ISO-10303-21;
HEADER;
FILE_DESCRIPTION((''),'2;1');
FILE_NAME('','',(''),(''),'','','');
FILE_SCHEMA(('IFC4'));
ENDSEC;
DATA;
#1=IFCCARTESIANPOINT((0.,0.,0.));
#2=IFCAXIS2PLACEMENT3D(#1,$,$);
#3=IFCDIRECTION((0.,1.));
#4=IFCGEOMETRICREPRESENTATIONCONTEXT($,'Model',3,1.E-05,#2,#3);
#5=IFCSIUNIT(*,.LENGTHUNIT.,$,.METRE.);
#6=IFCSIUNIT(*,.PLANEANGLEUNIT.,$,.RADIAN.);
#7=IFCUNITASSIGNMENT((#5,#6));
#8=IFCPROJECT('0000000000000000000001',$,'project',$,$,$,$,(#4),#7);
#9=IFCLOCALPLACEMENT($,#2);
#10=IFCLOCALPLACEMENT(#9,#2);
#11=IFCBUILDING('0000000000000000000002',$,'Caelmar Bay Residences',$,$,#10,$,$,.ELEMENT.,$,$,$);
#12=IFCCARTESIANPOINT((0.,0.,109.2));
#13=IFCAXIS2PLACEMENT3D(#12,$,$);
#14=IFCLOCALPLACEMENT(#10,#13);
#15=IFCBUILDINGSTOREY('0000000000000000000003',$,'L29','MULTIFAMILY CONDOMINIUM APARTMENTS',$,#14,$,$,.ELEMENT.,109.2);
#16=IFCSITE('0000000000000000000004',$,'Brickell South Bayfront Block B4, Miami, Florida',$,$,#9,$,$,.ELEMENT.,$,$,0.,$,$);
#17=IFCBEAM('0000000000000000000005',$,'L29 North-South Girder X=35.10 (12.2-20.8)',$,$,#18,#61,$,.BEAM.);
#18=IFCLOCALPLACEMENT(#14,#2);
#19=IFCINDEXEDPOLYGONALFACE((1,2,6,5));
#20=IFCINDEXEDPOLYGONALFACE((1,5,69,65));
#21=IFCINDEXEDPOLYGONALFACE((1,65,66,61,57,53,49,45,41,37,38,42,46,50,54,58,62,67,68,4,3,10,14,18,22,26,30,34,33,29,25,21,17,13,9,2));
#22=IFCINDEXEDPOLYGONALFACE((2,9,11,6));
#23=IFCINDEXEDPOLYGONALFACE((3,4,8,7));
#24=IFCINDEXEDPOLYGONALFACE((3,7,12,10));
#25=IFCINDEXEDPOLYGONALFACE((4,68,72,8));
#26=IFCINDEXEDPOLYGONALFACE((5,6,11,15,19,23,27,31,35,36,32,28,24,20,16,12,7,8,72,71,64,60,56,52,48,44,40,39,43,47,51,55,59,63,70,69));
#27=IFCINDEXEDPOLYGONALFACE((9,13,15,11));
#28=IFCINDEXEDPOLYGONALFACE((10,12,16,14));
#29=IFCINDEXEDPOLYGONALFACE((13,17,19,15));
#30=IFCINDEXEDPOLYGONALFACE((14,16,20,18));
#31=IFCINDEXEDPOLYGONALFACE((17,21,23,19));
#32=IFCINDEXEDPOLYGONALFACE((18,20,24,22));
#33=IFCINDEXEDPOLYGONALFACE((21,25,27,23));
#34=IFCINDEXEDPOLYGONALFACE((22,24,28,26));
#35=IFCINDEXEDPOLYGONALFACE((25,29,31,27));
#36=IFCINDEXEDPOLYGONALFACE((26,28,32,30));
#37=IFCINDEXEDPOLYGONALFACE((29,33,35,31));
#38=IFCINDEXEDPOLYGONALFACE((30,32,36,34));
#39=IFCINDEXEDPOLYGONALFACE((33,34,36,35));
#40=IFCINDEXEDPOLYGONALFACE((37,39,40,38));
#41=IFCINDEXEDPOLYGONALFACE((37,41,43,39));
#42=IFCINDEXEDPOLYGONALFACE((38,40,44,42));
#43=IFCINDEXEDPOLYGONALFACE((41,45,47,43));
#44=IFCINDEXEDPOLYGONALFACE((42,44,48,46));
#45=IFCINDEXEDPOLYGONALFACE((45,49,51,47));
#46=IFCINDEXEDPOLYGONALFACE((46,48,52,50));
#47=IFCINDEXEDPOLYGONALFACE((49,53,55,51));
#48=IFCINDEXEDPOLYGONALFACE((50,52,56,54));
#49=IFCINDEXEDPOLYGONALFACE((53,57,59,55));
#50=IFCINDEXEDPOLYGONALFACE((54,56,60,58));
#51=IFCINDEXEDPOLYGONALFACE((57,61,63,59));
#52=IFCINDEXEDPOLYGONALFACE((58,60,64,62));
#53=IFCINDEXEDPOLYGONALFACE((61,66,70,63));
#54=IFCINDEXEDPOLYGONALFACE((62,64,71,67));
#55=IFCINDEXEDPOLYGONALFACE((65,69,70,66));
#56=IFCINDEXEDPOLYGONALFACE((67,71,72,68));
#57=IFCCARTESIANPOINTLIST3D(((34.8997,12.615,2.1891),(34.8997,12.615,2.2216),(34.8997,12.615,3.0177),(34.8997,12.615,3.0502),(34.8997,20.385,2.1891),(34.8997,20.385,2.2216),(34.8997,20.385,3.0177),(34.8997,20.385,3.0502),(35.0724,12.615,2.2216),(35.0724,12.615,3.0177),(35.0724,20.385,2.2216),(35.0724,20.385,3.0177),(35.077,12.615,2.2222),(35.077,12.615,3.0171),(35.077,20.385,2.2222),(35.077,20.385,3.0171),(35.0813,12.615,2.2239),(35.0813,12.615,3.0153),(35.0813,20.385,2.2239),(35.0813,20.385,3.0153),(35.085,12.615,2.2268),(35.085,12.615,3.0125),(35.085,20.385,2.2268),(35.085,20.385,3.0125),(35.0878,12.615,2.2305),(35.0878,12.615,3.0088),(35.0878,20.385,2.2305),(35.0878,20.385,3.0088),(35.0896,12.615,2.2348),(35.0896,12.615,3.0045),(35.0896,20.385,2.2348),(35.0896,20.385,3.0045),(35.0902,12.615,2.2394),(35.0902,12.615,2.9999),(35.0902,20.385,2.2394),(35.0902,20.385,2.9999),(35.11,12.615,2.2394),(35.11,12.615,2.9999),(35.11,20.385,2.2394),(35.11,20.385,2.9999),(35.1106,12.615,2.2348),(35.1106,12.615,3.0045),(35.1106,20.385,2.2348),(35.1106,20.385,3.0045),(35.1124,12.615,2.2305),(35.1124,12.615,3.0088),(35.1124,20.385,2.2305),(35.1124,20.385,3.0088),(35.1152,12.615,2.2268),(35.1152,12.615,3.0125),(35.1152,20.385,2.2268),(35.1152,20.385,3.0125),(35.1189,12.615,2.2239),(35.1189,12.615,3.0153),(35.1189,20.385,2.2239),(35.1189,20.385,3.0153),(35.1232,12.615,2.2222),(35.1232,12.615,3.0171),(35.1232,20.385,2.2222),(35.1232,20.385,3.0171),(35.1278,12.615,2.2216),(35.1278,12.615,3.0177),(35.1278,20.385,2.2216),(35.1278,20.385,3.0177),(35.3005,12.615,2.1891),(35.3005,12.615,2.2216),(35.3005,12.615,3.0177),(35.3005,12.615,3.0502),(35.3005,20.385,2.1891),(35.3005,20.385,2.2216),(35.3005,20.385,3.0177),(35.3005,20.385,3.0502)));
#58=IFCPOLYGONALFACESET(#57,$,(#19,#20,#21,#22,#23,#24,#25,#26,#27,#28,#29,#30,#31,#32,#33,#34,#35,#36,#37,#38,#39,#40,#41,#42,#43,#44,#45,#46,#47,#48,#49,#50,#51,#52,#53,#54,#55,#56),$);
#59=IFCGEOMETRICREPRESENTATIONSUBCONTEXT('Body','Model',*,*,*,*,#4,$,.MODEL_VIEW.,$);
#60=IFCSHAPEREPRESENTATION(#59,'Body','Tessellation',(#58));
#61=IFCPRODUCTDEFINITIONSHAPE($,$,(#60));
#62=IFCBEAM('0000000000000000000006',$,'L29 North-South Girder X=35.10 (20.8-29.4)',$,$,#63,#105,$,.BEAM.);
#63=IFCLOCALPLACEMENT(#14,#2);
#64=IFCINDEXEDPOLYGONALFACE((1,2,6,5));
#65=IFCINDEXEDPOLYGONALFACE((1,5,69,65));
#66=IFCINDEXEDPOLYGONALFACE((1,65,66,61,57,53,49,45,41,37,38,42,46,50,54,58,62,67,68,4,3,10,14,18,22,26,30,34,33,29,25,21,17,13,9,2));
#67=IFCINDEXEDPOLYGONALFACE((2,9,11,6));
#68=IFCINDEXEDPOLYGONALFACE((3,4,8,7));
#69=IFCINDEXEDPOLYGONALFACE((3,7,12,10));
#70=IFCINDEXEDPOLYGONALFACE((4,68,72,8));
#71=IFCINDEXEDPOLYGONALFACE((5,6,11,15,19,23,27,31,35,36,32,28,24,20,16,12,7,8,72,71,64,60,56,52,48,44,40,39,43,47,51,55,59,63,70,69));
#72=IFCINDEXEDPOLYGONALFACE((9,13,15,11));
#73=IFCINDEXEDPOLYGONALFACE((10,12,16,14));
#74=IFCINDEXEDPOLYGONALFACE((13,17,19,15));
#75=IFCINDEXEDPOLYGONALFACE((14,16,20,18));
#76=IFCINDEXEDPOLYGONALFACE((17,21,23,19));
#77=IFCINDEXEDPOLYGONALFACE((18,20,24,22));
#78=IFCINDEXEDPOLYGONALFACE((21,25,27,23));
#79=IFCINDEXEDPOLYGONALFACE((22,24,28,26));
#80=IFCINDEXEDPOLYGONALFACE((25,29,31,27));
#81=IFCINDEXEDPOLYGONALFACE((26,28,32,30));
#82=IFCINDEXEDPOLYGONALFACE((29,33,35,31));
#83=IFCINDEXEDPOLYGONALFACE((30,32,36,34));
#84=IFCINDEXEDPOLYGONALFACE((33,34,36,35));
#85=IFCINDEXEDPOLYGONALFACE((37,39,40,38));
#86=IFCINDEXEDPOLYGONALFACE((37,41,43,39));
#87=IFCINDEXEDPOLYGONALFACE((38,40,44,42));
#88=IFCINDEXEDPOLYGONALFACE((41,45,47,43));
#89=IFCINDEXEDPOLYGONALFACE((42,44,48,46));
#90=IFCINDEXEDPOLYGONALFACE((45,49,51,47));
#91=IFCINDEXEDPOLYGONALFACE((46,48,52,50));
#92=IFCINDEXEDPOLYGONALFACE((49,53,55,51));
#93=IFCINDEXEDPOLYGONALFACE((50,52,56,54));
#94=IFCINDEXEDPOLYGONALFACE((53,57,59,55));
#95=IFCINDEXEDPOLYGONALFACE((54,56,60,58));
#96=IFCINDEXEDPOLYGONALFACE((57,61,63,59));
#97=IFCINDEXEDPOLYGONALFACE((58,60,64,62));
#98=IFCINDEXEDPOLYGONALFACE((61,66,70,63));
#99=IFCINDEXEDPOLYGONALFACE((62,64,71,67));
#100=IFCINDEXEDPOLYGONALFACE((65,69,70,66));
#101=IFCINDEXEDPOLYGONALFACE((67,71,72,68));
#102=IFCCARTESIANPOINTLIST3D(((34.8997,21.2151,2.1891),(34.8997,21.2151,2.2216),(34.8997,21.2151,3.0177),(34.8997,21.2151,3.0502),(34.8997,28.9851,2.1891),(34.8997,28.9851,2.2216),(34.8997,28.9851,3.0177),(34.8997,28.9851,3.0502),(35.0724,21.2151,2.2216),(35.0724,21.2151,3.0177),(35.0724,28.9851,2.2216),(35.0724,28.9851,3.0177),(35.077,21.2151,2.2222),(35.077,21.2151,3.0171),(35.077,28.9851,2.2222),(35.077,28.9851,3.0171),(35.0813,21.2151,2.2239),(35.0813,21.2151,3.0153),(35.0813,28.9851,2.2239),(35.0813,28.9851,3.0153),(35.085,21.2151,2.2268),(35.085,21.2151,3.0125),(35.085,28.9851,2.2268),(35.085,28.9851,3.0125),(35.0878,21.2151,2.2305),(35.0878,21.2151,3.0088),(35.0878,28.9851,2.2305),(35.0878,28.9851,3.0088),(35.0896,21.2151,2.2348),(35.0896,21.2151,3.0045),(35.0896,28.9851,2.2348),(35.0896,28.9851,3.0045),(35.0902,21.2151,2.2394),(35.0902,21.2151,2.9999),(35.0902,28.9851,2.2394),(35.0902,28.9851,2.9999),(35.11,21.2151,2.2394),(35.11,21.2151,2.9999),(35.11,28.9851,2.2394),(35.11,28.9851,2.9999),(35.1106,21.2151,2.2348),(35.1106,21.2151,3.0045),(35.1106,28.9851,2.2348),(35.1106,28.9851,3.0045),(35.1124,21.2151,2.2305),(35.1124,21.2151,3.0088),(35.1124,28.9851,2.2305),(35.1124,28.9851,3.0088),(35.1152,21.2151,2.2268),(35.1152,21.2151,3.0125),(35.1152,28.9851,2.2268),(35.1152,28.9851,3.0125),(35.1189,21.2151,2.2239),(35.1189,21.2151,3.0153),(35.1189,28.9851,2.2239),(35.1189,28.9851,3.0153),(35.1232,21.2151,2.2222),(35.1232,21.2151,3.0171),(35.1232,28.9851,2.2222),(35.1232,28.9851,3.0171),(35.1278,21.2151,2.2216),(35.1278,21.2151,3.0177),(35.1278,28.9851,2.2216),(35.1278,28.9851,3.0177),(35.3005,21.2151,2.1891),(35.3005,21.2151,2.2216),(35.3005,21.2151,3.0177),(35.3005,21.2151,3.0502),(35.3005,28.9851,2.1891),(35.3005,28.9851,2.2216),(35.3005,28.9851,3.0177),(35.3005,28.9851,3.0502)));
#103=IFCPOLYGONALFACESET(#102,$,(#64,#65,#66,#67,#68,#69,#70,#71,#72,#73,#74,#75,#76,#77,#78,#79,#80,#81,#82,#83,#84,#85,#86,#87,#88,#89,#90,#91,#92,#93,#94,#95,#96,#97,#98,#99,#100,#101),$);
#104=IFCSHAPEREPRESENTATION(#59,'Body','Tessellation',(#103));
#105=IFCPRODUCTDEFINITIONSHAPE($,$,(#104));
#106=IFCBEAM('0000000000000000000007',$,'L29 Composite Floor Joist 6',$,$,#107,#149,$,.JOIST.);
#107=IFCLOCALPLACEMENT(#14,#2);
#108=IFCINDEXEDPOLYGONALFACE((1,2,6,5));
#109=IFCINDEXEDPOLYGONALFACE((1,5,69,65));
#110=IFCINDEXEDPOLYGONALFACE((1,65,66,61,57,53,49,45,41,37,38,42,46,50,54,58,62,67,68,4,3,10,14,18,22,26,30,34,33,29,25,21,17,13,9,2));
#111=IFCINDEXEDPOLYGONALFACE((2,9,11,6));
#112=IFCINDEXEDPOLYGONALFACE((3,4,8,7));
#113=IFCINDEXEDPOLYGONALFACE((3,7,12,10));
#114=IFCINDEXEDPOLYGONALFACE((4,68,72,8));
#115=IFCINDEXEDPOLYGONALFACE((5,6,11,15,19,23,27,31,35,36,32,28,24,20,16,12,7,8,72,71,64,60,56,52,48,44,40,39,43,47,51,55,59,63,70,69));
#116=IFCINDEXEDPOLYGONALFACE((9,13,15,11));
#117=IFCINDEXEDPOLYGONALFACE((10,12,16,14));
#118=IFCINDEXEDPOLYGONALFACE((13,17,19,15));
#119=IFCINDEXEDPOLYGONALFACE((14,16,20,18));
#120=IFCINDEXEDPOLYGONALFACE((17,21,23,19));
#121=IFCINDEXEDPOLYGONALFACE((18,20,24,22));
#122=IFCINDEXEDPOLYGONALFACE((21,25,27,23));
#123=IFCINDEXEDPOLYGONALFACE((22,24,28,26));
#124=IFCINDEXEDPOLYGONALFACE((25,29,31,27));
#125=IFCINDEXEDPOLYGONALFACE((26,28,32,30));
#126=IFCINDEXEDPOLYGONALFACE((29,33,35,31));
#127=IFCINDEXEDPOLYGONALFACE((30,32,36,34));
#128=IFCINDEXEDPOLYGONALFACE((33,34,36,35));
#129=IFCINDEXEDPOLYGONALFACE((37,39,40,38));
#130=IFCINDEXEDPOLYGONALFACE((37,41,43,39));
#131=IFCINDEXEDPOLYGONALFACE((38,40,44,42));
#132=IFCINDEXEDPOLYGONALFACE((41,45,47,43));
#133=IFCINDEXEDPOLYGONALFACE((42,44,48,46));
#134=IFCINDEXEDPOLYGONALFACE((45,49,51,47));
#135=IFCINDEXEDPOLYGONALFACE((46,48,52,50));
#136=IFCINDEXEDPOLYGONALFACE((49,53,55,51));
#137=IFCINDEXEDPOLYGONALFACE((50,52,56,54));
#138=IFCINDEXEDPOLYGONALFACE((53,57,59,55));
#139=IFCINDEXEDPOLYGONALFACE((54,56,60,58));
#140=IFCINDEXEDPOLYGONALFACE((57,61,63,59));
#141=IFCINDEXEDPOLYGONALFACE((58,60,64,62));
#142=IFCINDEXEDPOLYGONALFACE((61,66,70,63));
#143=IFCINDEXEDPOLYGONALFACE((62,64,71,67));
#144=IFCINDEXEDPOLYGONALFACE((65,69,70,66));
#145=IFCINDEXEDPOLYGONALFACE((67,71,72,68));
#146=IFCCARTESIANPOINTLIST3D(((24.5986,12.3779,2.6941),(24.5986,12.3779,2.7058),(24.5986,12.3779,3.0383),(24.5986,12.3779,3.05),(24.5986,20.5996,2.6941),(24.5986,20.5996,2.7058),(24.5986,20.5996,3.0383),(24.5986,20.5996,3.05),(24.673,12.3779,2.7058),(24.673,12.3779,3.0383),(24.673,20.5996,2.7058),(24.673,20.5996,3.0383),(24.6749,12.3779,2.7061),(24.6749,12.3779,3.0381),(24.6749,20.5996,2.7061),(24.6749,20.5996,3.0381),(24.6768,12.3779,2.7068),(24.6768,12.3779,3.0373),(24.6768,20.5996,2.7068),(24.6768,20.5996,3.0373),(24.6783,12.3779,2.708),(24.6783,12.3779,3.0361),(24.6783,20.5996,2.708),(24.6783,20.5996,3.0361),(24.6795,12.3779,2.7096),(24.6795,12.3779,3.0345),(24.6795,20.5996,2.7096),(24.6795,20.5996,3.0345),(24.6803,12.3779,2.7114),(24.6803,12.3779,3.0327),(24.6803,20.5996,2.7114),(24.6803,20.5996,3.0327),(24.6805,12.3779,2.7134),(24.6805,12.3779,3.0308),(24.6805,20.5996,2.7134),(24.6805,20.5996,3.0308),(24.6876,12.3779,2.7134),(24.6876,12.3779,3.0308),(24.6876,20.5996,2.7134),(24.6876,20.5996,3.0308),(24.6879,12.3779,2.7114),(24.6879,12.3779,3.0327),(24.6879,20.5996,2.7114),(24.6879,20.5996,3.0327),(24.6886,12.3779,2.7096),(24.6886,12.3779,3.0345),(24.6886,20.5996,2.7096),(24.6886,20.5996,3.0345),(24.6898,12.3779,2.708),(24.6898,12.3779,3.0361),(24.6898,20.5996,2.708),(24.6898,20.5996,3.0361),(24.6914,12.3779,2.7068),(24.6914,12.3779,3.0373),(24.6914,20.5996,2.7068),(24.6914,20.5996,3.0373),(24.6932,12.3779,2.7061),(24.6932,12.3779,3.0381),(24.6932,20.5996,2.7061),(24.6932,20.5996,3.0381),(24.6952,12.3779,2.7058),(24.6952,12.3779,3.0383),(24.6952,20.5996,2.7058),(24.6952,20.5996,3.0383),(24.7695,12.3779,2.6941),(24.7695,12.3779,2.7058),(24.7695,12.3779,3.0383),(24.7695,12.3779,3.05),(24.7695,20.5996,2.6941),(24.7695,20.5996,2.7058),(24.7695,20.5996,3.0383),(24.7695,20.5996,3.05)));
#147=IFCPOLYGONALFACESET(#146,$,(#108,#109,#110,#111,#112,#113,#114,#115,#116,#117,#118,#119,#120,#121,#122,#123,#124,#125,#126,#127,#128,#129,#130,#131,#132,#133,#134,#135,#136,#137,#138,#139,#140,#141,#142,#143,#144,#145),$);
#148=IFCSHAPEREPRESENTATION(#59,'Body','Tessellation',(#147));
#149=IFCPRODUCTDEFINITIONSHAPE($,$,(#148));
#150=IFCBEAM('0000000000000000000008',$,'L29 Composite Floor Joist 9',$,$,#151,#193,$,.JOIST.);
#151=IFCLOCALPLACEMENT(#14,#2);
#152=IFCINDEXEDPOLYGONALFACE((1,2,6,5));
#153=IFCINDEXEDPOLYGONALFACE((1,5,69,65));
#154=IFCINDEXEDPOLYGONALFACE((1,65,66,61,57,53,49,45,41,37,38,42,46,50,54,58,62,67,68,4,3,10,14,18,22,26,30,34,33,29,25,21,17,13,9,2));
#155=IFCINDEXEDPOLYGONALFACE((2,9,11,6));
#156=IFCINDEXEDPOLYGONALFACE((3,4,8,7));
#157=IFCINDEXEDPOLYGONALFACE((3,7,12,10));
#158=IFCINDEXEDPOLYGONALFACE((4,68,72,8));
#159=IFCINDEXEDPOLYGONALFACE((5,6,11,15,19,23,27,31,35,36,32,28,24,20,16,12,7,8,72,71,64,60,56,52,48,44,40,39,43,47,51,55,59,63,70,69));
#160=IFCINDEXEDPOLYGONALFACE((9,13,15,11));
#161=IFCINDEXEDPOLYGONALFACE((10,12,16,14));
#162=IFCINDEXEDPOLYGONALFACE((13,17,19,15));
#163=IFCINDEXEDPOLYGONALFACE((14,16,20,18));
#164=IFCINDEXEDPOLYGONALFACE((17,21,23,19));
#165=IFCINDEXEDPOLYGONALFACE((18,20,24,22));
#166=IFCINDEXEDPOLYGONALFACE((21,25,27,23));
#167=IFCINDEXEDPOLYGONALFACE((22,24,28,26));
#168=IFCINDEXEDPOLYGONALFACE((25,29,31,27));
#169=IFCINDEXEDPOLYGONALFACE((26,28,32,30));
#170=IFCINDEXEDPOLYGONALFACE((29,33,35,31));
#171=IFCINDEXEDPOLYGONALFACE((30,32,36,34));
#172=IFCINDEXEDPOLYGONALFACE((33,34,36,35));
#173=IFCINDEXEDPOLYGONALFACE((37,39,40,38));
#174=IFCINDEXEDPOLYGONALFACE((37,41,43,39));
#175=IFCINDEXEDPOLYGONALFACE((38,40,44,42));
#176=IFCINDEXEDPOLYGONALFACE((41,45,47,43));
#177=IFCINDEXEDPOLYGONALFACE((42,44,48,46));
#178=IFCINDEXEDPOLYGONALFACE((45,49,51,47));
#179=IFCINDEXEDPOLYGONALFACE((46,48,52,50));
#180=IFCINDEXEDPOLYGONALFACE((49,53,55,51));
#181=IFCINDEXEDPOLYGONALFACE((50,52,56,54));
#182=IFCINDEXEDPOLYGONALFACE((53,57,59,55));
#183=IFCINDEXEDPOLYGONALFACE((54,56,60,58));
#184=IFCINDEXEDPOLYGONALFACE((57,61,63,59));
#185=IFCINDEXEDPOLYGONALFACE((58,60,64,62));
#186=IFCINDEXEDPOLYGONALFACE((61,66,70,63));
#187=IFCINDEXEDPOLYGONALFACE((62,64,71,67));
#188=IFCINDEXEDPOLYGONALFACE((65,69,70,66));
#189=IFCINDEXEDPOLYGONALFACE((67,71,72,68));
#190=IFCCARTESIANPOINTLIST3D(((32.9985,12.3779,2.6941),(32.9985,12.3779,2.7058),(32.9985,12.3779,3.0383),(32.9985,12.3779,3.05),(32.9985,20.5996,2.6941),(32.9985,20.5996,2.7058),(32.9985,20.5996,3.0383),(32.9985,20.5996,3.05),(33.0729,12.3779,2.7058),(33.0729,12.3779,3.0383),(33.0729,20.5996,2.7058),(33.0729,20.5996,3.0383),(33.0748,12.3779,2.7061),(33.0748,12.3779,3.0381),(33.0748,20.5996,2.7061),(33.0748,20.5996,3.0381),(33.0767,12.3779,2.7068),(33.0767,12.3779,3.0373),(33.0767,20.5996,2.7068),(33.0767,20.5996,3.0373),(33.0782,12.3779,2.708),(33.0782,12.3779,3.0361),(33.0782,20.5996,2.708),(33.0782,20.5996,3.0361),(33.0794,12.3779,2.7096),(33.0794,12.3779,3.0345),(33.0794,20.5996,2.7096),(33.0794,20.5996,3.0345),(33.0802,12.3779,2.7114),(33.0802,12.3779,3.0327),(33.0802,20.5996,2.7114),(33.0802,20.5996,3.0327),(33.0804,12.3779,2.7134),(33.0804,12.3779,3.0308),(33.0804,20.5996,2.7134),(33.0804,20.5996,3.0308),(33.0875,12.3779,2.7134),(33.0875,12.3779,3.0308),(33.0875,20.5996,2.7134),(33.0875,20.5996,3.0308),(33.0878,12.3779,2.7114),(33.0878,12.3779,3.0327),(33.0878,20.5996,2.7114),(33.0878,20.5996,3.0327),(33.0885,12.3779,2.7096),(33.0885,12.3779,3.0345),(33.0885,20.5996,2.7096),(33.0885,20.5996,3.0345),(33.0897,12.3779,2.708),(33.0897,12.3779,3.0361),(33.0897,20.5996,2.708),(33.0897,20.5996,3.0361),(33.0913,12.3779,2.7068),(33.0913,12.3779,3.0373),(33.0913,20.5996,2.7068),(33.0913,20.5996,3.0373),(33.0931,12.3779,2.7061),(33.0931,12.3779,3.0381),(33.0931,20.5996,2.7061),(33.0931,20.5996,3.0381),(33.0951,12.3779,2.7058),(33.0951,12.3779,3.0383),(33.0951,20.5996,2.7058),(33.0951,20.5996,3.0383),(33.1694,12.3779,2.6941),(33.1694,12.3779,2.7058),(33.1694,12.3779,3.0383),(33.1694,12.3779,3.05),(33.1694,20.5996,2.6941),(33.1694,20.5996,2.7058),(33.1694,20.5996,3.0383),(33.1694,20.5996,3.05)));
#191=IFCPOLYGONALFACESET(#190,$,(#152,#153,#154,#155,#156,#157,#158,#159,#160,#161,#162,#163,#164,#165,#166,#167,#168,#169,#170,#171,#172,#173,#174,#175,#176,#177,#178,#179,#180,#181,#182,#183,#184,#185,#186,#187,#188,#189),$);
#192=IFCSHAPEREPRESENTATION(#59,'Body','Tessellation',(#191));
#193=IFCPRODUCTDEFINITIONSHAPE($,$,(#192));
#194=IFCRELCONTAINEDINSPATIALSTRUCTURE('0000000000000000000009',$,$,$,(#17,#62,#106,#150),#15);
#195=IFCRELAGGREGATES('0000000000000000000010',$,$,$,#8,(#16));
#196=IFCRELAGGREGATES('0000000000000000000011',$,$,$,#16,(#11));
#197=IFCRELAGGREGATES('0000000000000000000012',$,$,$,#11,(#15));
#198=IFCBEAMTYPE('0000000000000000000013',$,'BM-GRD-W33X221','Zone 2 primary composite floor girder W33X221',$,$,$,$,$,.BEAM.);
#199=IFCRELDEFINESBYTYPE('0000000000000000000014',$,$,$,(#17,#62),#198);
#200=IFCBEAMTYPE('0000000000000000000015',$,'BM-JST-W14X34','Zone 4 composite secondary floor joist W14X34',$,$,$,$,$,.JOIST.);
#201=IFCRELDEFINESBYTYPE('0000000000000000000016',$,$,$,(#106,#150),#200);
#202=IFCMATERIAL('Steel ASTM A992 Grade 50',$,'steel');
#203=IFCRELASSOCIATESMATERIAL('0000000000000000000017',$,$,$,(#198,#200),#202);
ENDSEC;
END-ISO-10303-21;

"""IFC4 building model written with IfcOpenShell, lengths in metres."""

from ifc_helpers import new_model, si_unit, direction, frame, origin, origin_2d, place, context, subcontext, project, spatial, i_section, extrude, material, material_profile, profile_set, type_object, element, save


model = new_model("IFC4")

# Units and contexts
model_context = context("Model", 3, precision=1e-05, world=origin(), true_north=direction((0.0, 1.0)))
body_context = subcontext(model_context, "Body", "Model", "MODEL_VIEW")
ifc_project = project(units=[si_unit("LENGTHUNIT", "METRE"), si_unit("PLANEANGLEUNIT", "RADIAN")], contexts=[model_context])

# Site, building, storey
site_placement = place(None, origin())
site = spatial("IfcSite", under=ifc_project, at=site_placement, Name="Brickell South Bayfront Block B4, Miami, Florida", CompositionType="ELEMENT", RefElevation=0.0)
building_placement = place(site_placement, origin())
building = spatial("IfcBuilding", under=site, at=building_placement, Name="Caelmar Bay Residences", CompositionType="ELEMENT")
storey_placement = place(building_placement, frame((0.0, 0.0, 109.2)))
storey = spatial("IfcBuildingStorey", under=building, at=storey_placement, Name="L29", Description="MULTIFAMILY CONDOMINIUM APARTMENTS", CompositionType="ELEMENT", Elevation=109.2)

# Beams
ifc_material_1 = material(Name="Steel ASTM A992 Grade 50", Category="steel")
ifc_material_profile_1 = material_profile(ifc_material_1, i_section(OverallWidth=0.4009, OverallDepth=0.8611, WebThickness=0.0198, FlangeThickness=0.0325, FilletRadius=0.0178, at=origin_2d()), Name="W33X221")
ifc_profile_set_1 = profile_set([ifc_material_profile_1], Name="Steel ASTM A992 Grade 50")
beam_type_1 = type_object("IfcBeamType", Name="BM-GRD-W33X221", Description="Zone 2 primary composite floor girder W33X221", PredefinedType="BEAM", material=ifc_profile_set_1)
for number, where, z_axis, x_axis, name in (
    (1, (35.1001, 12.615, 2.6196), (0.0, 1.0, 0.0), (-1.0, 0.0, 0.0), "L29 North-South Girder X=35.10 (12.2-20.8)"),
    (2, (35.1001, 21.2151, 2.6196), (0.0, 1.0, 0.0), (-1.0, 0.0, 0.0), "L29 North-South Girder X=35.10 (20.8-29.4)"),
):
    element("IfcBeam", number, at=place(storey_placement, frame(where, z_axis=z_axis, x_axis=x_axis)), inside=storey, type_object=beam_type_1, Name=name, PredefinedType="BEAM", context=body_context, shape_type="SweptSolid", body=[
        extrude(i_section(OverallWidth=0.4009, OverallDepth=0.8611, WebThickness=0.0198, FlangeThickness=0.0325, FilletRadius=0.0178, at=origin_2d()), origin(), (0.0, 0.0, 1.0), 7.77),
    ])
ifc_material_profile_2 = material_profile(ifc_material_1, i_section(OverallWidth=0.1709, OverallDepth=0.356, WebThickness=0.0071, FlangeThickness=0.0117, FilletRadius=0.0076, at=origin_2d()), Name="W14X34")
ifc_profile_set_2 = profile_set([ifc_material_profile_2], Name="Steel ASTM A992 Grade 50")
beam_type_2 = type_object("IfcBeamType", Name="BM-JST-W14X34", Description="Zone 4 composite secondary floor joist W14X34", PredefinedType="JOIST", material=ifc_profile_set_2)
for number, where, z_axis, x_axis, name in (
    (3, (24.6841, 12.3779, 2.8721), (0.0, 1.0, 0.0), (-1.0, 0.0, 0.0), "L29 Composite Floor Joist 6"),
    (4, (33.084, 12.3779, 2.8721), (0.0, 1.0, 0.0), (-1.0, 0.0, 0.0), "L29 Composite Floor Joist 9"),
):
    element("IfcBeam", number, at=place(storey_placement, frame(where, z_axis=z_axis, x_axis=x_axis)), inside=storey, type_object=beam_type_2, Name=name, PredefinedType="JOIST", context=body_context, shape_type="SweptSolid", body=[
        extrude(i_section(OverallWidth=0.1709, OverallDepth=0.356, WebThickness=0.0071, FlangeThickness=0.0117, FilletRadius=0.0076, at=origin_2d()), origin(), (0.0, 0.0, 1.0), 8.2217),
    ])

save(model, "model.ifc")
